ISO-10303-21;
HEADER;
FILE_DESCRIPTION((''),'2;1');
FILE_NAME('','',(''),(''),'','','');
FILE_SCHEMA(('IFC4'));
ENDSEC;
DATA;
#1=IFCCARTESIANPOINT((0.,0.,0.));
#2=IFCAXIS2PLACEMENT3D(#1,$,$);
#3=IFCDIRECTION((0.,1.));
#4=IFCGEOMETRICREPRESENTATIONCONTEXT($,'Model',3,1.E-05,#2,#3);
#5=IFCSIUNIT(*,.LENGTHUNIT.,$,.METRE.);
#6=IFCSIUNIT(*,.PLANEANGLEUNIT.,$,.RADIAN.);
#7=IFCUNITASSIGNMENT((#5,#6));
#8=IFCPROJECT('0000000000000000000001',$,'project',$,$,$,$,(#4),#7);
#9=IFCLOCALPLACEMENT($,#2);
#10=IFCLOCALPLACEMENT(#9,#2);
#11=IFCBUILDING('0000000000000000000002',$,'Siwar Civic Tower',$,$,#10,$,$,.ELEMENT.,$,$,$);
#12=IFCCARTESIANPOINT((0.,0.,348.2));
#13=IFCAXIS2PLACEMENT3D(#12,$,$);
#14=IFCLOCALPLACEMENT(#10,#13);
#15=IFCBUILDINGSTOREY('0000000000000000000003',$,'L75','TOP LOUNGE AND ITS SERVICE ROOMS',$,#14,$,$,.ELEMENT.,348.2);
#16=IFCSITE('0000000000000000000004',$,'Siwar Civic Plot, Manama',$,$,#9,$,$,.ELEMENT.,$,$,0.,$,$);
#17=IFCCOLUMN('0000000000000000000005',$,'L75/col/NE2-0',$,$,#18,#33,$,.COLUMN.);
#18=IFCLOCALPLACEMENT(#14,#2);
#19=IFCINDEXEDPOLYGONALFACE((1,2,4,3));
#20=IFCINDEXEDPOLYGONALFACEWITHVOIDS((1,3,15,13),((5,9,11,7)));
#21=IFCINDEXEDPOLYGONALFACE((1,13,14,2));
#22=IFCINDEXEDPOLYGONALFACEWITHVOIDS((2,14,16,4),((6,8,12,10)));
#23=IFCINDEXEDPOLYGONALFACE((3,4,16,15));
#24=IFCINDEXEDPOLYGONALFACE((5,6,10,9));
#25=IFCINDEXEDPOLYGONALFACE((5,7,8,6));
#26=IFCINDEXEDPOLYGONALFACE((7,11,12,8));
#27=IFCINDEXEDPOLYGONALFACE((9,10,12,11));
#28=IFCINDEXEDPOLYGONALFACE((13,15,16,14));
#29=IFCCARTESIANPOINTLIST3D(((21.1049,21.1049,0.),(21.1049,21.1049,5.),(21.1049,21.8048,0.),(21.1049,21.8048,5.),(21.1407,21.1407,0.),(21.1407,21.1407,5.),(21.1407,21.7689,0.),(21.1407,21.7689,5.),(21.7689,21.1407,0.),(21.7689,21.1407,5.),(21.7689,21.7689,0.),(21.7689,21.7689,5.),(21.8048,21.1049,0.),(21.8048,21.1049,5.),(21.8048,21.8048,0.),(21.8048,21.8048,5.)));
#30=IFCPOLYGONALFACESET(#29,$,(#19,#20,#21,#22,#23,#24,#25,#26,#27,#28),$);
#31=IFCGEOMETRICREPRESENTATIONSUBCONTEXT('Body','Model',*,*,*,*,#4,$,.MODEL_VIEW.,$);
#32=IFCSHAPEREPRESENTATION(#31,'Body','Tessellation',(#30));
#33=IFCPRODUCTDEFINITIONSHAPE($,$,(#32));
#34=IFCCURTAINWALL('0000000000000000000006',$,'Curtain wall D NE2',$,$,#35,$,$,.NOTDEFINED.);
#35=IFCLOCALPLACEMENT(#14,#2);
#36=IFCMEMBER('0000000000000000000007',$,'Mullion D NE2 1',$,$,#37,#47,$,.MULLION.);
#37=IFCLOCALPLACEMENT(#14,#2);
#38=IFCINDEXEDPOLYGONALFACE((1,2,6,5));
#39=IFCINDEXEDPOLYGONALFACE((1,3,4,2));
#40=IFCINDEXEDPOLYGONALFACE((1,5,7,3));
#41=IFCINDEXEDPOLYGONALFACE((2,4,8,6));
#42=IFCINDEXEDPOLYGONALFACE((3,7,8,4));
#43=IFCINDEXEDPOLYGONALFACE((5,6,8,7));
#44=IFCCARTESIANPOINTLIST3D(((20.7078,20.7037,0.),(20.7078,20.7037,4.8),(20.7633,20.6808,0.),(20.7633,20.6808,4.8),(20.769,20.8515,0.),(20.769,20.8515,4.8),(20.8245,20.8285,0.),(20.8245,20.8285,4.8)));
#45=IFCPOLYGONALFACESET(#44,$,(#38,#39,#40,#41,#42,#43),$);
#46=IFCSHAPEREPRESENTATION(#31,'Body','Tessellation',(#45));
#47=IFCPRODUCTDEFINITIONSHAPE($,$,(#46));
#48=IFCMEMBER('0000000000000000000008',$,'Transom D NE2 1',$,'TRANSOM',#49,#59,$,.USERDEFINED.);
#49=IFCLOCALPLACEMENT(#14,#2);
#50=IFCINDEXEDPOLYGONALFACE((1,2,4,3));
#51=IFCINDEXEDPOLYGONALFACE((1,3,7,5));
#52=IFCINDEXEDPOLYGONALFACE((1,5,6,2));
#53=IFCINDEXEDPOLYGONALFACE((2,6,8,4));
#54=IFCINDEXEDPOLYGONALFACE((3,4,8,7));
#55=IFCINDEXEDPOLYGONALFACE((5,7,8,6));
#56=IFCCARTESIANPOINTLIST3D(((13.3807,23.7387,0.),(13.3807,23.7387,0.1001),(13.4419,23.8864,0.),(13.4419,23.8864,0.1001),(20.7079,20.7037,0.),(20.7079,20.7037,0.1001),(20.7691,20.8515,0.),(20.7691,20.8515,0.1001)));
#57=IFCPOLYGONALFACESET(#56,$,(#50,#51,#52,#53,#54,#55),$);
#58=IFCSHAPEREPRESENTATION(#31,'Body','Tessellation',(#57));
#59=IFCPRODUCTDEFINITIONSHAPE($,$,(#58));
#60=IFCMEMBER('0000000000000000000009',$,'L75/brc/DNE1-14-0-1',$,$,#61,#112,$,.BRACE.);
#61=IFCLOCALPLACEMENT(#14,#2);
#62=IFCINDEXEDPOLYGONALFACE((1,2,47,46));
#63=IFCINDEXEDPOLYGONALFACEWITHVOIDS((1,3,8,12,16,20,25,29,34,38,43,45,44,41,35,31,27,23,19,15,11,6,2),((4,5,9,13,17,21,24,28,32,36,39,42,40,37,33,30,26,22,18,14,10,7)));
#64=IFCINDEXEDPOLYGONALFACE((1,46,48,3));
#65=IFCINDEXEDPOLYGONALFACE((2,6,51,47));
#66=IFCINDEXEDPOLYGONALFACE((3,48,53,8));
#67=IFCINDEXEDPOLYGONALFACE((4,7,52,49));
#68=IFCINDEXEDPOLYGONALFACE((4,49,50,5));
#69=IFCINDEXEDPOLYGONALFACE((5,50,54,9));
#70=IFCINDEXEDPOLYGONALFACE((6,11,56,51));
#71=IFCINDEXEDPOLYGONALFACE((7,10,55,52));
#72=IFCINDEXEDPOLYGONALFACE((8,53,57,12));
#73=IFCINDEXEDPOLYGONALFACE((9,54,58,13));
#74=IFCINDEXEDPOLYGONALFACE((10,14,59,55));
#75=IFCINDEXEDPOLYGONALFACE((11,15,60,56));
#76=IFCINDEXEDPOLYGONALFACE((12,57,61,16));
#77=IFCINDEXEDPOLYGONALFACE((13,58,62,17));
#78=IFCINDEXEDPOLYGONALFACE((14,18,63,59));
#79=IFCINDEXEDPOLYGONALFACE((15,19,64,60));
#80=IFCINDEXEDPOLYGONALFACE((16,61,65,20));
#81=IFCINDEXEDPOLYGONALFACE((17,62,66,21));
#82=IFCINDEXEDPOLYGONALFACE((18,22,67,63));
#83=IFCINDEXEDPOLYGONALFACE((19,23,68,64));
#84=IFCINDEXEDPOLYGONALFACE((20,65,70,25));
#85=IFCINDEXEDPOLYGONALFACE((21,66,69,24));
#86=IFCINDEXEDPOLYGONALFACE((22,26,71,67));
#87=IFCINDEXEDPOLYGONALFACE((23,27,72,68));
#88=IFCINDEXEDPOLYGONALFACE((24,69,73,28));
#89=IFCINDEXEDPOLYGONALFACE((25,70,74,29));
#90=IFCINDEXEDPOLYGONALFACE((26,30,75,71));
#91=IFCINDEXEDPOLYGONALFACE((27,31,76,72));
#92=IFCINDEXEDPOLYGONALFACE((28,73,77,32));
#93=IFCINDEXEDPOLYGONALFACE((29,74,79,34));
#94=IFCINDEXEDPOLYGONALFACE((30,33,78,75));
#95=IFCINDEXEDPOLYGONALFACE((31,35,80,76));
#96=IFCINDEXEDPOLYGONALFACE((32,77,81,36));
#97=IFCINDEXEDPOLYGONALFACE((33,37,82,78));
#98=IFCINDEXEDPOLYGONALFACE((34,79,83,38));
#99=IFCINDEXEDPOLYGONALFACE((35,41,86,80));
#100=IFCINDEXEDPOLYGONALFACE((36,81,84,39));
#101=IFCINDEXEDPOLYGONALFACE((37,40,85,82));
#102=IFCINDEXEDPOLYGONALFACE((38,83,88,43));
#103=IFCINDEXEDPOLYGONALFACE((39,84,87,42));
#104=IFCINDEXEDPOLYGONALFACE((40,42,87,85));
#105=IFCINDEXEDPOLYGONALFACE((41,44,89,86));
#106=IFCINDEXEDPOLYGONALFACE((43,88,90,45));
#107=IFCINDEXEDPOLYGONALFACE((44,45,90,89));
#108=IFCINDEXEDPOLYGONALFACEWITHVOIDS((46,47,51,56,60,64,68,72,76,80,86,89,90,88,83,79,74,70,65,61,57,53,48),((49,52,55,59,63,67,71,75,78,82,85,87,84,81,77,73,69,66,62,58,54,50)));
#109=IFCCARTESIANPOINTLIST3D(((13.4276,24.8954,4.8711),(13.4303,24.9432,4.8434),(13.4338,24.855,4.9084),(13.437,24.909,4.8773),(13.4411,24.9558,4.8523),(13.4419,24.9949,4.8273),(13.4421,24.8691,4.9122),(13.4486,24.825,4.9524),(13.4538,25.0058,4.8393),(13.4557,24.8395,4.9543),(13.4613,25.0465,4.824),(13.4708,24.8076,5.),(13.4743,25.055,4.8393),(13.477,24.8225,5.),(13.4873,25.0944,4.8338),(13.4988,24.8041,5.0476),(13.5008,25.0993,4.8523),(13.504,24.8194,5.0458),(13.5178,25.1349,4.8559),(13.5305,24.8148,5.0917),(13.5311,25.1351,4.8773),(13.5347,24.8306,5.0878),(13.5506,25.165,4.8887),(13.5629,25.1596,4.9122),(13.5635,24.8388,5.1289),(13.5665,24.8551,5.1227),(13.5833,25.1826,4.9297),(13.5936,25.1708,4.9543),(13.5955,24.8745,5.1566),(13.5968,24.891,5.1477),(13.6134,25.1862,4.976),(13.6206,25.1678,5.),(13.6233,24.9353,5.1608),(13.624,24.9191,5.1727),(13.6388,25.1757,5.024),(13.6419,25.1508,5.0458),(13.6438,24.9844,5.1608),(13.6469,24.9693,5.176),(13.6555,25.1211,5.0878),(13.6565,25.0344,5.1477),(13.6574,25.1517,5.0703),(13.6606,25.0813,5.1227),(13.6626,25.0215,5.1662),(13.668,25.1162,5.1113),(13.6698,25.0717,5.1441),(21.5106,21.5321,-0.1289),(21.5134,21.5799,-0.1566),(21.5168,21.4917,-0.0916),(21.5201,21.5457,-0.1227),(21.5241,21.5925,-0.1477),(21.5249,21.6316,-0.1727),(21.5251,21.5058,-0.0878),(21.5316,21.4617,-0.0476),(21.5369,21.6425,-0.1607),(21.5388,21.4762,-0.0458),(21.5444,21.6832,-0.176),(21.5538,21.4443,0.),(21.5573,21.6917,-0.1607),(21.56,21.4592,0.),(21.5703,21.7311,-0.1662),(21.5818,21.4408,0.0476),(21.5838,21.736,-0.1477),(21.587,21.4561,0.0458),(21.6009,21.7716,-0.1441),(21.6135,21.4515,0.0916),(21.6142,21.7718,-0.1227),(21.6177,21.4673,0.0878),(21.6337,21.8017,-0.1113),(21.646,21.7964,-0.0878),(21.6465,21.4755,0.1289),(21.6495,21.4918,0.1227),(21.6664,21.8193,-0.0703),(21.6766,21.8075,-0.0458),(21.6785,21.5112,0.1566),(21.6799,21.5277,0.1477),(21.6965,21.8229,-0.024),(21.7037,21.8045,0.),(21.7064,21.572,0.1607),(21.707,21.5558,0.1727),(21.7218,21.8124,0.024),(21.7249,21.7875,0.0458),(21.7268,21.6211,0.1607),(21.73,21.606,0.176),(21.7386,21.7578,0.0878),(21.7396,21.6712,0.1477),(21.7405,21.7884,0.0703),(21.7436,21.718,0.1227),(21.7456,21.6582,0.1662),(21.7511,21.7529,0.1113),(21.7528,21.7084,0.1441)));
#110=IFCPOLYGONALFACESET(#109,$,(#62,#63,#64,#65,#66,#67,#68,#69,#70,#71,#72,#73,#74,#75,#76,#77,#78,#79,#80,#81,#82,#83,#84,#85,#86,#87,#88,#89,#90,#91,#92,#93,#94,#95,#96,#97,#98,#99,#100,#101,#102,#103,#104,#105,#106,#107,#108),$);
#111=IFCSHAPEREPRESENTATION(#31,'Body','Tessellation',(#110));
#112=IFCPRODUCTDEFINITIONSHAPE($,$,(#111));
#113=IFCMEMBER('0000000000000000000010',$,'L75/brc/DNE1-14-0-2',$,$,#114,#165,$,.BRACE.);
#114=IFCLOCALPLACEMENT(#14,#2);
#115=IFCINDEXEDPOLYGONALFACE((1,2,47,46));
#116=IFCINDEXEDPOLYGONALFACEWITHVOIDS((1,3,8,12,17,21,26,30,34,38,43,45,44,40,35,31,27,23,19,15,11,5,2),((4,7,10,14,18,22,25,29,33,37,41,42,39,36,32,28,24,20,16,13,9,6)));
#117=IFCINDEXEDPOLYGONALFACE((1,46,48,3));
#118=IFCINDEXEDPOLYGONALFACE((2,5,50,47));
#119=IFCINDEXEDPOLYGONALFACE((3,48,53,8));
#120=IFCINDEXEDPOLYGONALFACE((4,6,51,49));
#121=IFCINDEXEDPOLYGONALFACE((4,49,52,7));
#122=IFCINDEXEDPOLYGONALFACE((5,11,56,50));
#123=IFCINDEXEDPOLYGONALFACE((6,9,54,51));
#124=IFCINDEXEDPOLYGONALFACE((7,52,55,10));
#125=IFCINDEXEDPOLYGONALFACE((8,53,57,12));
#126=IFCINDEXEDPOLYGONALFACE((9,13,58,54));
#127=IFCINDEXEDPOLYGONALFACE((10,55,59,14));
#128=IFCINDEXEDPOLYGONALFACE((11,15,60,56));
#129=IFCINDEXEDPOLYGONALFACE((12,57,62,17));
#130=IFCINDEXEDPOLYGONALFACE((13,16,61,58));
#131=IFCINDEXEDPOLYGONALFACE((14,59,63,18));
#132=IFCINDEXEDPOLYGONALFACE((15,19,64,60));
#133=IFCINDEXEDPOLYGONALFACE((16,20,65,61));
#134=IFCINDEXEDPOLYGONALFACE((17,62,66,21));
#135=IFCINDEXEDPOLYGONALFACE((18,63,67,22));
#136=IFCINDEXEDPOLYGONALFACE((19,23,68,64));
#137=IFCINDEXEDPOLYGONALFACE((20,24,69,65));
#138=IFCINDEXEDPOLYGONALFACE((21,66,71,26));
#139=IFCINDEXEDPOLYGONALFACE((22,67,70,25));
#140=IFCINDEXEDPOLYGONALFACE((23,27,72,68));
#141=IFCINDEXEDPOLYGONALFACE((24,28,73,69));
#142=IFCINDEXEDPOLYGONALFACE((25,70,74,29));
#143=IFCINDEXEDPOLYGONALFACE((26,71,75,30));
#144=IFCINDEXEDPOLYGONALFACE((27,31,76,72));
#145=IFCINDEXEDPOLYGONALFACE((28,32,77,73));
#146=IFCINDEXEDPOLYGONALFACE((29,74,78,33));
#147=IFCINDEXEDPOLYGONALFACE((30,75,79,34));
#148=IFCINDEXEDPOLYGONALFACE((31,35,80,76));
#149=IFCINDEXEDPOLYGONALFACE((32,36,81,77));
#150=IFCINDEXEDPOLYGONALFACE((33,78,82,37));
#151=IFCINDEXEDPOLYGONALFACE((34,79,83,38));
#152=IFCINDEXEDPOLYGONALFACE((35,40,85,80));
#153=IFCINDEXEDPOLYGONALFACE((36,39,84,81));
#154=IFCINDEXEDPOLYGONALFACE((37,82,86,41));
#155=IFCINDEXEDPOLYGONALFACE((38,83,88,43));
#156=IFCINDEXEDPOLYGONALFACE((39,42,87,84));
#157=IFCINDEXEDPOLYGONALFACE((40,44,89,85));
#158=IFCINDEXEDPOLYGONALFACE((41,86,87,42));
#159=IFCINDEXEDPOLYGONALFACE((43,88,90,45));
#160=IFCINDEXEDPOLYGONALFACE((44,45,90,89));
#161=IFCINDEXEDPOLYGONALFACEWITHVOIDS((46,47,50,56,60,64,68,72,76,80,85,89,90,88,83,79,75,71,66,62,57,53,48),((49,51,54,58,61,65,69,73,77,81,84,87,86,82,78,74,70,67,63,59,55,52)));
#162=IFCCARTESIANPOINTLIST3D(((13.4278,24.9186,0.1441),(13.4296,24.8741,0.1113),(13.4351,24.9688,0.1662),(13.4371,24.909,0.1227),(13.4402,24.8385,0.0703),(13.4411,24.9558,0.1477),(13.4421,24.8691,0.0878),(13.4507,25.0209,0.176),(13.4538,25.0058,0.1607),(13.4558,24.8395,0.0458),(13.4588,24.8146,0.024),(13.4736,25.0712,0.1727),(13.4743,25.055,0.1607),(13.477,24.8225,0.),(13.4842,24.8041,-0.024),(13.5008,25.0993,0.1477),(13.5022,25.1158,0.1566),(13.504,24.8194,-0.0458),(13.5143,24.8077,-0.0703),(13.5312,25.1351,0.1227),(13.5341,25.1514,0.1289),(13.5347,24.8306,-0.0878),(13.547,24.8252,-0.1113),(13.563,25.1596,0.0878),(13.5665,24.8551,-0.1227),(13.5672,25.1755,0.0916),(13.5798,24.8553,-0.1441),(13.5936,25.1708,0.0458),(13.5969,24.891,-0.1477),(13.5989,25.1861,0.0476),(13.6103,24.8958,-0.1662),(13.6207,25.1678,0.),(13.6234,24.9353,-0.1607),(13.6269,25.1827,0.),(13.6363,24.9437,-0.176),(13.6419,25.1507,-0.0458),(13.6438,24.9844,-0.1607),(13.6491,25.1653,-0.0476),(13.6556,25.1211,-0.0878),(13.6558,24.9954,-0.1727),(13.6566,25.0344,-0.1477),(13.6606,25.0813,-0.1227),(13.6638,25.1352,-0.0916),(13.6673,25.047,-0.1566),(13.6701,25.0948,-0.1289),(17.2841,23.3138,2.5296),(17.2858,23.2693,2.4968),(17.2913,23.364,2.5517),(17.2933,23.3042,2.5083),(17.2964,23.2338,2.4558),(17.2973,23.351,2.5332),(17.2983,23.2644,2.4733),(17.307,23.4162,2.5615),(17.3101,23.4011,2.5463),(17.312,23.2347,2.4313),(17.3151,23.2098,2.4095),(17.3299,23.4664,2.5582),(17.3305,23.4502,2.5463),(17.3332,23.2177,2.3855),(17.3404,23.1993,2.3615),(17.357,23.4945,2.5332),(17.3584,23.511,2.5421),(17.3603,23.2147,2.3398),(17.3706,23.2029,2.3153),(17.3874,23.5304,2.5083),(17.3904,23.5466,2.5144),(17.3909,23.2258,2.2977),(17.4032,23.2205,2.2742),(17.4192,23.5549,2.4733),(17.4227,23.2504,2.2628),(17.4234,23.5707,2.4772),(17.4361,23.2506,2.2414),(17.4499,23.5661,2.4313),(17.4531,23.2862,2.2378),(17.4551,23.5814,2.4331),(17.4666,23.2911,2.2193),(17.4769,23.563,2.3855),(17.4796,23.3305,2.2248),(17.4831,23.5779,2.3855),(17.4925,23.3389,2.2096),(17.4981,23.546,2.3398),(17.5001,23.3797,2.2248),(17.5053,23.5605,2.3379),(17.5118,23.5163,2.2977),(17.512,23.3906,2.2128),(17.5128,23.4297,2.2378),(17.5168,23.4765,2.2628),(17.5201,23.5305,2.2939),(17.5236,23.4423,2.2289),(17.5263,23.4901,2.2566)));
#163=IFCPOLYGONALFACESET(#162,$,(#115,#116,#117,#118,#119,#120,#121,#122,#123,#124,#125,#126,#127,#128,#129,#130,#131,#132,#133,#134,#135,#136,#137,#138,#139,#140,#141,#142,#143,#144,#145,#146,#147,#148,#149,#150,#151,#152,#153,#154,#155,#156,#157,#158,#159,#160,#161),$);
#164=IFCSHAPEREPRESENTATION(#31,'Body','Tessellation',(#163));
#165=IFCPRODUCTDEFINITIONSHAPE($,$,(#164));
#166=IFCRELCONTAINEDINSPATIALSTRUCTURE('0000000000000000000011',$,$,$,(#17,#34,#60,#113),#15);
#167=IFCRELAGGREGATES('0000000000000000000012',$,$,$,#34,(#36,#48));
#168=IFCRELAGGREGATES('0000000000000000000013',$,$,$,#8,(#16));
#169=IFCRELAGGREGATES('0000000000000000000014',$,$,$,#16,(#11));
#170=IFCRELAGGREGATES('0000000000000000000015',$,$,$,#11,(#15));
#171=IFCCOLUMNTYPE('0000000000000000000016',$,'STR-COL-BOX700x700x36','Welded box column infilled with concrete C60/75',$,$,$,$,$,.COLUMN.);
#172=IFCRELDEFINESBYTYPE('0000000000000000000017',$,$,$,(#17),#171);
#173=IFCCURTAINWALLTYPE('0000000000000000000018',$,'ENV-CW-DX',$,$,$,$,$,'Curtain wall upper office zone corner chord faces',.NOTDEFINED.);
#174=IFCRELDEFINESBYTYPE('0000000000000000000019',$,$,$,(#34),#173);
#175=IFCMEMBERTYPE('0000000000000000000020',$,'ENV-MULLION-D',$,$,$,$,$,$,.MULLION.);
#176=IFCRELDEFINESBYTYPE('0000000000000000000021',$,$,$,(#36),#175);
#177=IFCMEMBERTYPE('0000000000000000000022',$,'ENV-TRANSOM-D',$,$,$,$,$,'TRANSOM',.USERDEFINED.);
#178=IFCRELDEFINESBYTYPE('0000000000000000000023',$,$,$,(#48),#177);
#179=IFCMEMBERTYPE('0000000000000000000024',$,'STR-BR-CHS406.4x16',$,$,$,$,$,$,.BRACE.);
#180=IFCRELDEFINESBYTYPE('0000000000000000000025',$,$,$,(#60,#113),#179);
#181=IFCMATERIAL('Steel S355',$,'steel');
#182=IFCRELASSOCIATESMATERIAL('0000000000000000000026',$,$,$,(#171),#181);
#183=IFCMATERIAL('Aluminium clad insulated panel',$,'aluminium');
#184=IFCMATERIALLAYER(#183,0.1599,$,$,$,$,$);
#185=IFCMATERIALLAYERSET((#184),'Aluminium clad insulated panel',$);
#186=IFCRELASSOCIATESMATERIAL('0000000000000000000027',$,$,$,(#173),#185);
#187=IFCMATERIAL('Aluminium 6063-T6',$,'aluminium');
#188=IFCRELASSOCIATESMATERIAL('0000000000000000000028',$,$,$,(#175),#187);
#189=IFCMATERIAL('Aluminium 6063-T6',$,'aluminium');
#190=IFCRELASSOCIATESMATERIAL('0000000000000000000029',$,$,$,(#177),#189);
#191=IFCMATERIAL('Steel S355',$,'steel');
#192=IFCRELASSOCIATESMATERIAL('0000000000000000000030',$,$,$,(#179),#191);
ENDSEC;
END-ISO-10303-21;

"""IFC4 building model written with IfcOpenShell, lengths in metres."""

from ifc_helpers import new_model, si_unit, direction, frame, origin, origin_2d, place, context, subcontext, project, spatial, rectangle, hollow_rectangle, hollow_circle, extrude, material, layer, layer_set, material_profile, profile_set, type_object, element, aggregate, save


model = new_model("IFC4")

# Units and contexts
model_context = context("Model", 3, precision=1e-05, world=origin(), true_north=direction((0.0, 1.0)))
body_context = subcontext(model_context, "Body", "Model", "MODEL_VIEW")
ifc_project = project(units=[si_unit("LENGTHUNIT", "METRE"), si_unit("PLANEANGLEUNIT", "RADIAN")], contexts=[model_context])

# Site, building, storey
site_placement = place(None, origin())
site = spatial("IfcSite", under=ifc_project, at=site_placement, Name="Siwar Civic Plot, Manama", CompositionType="ELEMENT", RefElevation=0.0)
building_placement = place(site_placement, origin())
building = spatial("IfcBuilding", under=site, at=building_placement, Name="Siwar Civic Tower", CompositionType="ELEMENT")
storey_placement = place(building_placement, frame((0.0, 0.0, 348.2)))
storey = spatial("IfcBuildingStorey", under=building, at=storey_placement, Name="L75", Description="TOP LOUNGE AND ITS SERVICE ROOMS", CompositionType="ELEMENT", Elevation=348.2)

# Column
ifc_material_1 = material(Name="Steel S355", Category="steel")
ifc_material_profile_1 = material_profile(ifc_material_1, hollow_rectangle(XDim=0.7, YDim=0.7, WallThickness=0.0359, at=origin_2d()), Name="BOX700x700x36")
ifc_profile_set_1 = profile_set([ifc_material_profile_1], Name="Steel S355")
column_type = type_object("IfcColumnType", Name="STR-COL-BOX700x700x36", Description="Welded box column infilled with concrete C60/75", PredefinedType="COLUMN", material=ifc_profile_set_1)
column_placement = place(storey_placement, frame((21.4548, 21.4548, 0.0), z_axis=(0.0, 0.0, 1.0), x_axis=(1.0, 0.0, 0.0)))
element("IfcColumn", 1, at=column_placement, inside=storey, type_object=column_type, Name="L75/col/NE2-0", PredefinedType="COLUMN", context=body_context, shape_type="SweptSolid", body=[
    extrude(hollow_rectangle(XDim=0.7, YDim=0.7, WallThickness=0.0359, at=origin_2d()), origin(), (0.0, 0.0, 1.0), 5.0),
])

# Curtain wall, members
ifc_material_2 = material(Name="Aluminium clad insulated panel", Category="aluminium")
ifc_layer_1 = layer(ifc_material_2, 0.1599)
ifc_layer_set_1 = layer_set([ifc_layer_1], Name="Aluminium clad insulated panel")
curtain_wall_type = type_object("IfcCurtainWallType", Name="ENV-CW-DX", ElementType="Curtain wall upper office zone corner chord faces", PredefinedType="NOTDEFINED", material=ifc_layer_set_1)
curtain_wall_1_placement = place(storey_placement, origin())
curtain_wall_1 = element("IfcCurtainWall", 2, at=curtain_wall_1_placement, inside=storey, type_object=curtain_wall_type, Name="Curtain wall D NE2", PredefinedType="NOTDEFINED")
ifc_material_3 = material(Name="Aluminium 6063-T6", Category="aluminium")
ifc_material_profile_2 = material_profile(ifc_material_3, rectangle(XDim=0.1599, YDim=0.0601, at=origin_2d()), Name="AL 160x60")
ifc_profile_set_2 = profile_set([ifc_material_profile_2], Name="Aluminium 6063-T6")
member_type_1 = type_object("IfcMemberType", Name="ENV-MULLION-D", PredefinedType="MULLION", material=ifc_profile_set_2)
member_1_placement = place(storey_placement, frame((20.7661, 20.7661, 0.0), z_axis=(0.0, 0.0, 1.0), x_axis=(-0.382683, -0.92388, 0.0)))
member_1 = element("IfcMember", 3, at=member_1_placement, type_object=member_type_1, Name="Mullion D NE2 1", PredefinedType="MULLION", context=body_context, shape_type="SweptSolid", body=[
    extrude(rectangle(XDim=0.1599, YDim=0.0601, at=origin_2d()), origin(), (0.0, 0.0, 1.0), 4.8),
])
ifc_material_4 = material(Name="Aluminium 6063-T6", Category="aluminium")
ifc_material_profile_3 = material_profile(ifc_material_4, rectangle(XDim=0.1599, YDim=0.1001, at=origin_2d()), Name="AL 160x100")
ifc_profile_set_3 = profile_set([ifc_material_profile_3], Name="Aluminium 6063-T6")
member_type_2 = type_object("IfcMemberType", Name="ENV-TRANSOM-D", ElementType="TRANSOM", PredefinedType="USERDEFINED", material=ifc_profile_set_3)
member_2_placement = place(storey_placement, frame((20.7385, 20.7776, 0.05), z_axis=(-0.923884, 0.382674, 0.0), x_axis=(-0.382674, -0.923884, 0.0)))
member_2 = element("IfcMember", 4, at=member_2_placement, type_object=member_type_2, Name="Transom D NE2 1", ObjectType="TRANSOM", PredefinedType="USERDEFINED", context=body_context, shape_type="SweptSolid", body=[
    extrude(rectangle(XDim=0.1599, YDim=0.1001, at=origin_2d()), origin(), (0.0, 0.0, 1.0), 7.9309),
])

# Members
ifc_material_5 = material(Name="Steel S355", Category="steel")
ifc_material_profile_4 = material_profile(ifc_material_5, hollow_circle(Radius=0.2031, WallThickness=0.0161, at=origin_2d()), Name="CHS406.4x16")
ifc_profile_set_4 = profile_set([ifc_material_profile_4], Name="Steel S355")
member_type_3 = type_object("IfcMemberType", Name="STR-BR-CHS406.4x16", PredefinedType="BRACE", material=ifc_profile_set_4)
member_3_placement = place(storey_placement, frame((21.6318, 21.6318, 0.0), z_axis=(-0.801727, 0.333593, 0.495933), x_axis=(-0.384164, -0.923265, 0.0)))
element("IfcMember", 5, at=member_3_placement, inside=storey, type_object=member_type_3, Name="L75/brc/DNE1-14-0-1", PredefinedType="BRACE", context=body_context, shape_type="SweptSolid", body=[
    extrude(hollow_circle(Radius=0.2031, WallThickness=0.0161, at=origin_2d()), origin(), (0.0, 0.0, 1.0), 10.082),
])
for number, where, z_axis, x_axis, name in (
    (6, (13.5488, 24.9951, 0.0), (0.801706, -0.333625, 0.495946), (0.384204, 0.923248, 0.0), "L75/brc/DNE1-14-0-2"),
):
    element("IfcMember", number, at=place(storey_placement, frame(where, z_axis=z_axis, x_axis=x_axis)), inside=storey, type_object=member_type_3, Name=name, PredefinedType="BRACE", context=body_context, shape_type="SweptSolid", body=[
        extrude(hollow_circle(Radius=0.2031, WallThickness=0.0161, at=origin_2d()), origin(), (0.0, 0.0, 1.0), 4.8101),
    ])

aggregate(curtain_wall_1, [member_1, member_2])

save(model, "model.ifc")
